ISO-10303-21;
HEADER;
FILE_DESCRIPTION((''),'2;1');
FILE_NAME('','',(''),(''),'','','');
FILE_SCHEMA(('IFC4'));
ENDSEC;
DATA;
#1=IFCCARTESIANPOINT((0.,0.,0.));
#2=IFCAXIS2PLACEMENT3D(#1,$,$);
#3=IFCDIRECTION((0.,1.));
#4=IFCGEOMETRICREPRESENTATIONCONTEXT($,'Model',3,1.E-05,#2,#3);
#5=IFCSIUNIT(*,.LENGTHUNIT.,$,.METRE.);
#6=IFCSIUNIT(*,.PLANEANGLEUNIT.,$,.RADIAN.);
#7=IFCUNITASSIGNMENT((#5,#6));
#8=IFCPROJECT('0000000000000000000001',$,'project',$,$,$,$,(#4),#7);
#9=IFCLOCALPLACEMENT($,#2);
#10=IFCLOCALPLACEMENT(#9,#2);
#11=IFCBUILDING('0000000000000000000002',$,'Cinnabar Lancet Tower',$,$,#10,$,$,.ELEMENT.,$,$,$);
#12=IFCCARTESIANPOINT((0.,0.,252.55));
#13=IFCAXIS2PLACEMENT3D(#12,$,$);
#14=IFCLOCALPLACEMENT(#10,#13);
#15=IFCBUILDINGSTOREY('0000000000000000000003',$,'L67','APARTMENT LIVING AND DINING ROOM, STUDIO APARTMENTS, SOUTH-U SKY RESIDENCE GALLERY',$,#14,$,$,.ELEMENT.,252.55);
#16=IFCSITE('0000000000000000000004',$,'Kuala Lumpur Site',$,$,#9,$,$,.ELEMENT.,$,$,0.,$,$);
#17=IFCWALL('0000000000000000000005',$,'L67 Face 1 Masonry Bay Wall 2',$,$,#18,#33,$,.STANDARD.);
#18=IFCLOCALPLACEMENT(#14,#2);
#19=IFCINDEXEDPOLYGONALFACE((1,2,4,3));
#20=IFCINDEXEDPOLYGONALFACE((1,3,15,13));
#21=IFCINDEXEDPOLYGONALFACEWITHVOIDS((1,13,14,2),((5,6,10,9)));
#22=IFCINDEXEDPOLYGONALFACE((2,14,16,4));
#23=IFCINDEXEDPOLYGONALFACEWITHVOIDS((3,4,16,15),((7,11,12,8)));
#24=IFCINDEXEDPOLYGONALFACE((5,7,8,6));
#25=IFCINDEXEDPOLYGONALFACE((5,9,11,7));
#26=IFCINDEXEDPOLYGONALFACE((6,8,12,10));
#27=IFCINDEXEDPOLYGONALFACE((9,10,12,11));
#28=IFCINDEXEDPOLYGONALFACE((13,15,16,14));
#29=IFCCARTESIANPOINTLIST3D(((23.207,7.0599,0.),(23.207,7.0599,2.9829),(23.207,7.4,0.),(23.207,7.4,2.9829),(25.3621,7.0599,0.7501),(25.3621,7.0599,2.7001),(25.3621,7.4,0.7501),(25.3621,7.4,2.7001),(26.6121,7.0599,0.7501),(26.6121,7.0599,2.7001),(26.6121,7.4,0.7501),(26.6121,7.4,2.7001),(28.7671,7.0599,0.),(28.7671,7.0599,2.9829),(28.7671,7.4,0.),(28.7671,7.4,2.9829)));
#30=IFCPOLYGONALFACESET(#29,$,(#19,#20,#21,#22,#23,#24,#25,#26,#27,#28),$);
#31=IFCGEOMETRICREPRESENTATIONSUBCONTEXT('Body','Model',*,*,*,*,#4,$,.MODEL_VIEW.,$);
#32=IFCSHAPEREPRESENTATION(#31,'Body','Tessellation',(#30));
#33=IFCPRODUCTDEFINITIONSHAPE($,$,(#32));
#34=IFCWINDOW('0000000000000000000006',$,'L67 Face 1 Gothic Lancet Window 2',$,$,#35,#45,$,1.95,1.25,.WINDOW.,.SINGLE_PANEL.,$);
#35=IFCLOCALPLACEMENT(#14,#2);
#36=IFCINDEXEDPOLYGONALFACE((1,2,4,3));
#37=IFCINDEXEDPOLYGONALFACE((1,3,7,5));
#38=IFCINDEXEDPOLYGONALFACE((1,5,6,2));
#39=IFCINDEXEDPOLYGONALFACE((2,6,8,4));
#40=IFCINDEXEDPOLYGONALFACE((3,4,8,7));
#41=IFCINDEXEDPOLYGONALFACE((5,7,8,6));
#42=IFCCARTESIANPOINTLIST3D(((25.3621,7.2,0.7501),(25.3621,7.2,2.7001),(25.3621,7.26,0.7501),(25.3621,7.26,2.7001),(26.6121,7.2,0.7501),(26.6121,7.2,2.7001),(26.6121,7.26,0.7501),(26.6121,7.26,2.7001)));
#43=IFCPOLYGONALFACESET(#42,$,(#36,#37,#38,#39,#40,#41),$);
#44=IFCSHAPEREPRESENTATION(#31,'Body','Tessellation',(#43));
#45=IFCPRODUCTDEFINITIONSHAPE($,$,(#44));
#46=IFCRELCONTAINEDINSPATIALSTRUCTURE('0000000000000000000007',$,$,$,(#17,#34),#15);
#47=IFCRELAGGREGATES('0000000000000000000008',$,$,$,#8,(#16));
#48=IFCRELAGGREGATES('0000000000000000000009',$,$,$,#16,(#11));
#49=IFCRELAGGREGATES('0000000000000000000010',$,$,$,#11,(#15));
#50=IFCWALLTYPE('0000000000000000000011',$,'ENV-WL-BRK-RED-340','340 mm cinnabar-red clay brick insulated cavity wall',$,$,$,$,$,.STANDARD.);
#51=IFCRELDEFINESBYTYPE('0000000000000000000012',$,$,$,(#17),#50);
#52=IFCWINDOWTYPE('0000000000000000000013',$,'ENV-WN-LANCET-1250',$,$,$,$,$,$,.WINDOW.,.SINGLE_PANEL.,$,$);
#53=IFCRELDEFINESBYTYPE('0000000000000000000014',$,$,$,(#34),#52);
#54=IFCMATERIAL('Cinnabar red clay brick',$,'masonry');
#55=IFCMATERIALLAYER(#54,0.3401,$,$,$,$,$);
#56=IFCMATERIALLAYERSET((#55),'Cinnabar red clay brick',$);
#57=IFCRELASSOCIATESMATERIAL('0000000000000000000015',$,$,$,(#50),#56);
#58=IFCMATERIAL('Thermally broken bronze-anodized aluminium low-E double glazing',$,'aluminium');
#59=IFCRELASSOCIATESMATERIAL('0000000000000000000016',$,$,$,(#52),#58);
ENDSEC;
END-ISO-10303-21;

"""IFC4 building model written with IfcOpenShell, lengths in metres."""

from ifc_helpers import new_model, si_unit, direction, frame, frame_2d, origin, place, context, subcontext, project, spatial, rectangle, extrude, material, layer, layer_set, type_object, element, fill, save


model = new_model("IFC4")

# Units and contexts
model_context = context("Model", 3, precision=1e-05, world=origin(), true_north=direction((0.0, 1.0)))
body_context = subcontext(model_context, "Body", "Model", "MODEL_VIEW")
ifc_project = project(units=[si_unit("LENGTHUNIT", "METRE"), si_unit("PLANEANGLEUNIT", "RADIAN")], contexts=[model_context])

# Site, building, storey
site_placement = place(None, origin())
site = spatial("IfcSite", under=ifc_project, at=site_placement, Name="Kuala Lumpur Site", CompositionType="ELEMENT", RefElevation=0.0)
building_placement = place(site_placement, origin())
building = spatial("IfcBuilding", under=site, at=building_placement, Name="Cinnabar Lancet Tower", CompositionType="ELEMENT")
storey_placement = place(building_placement, frame((0.0, 0.0, 252.55)))
storey = spatial("IfcBuildingStorey", under=building, at=storey_placement, Name="L67", Description="APARTMENT LIVING AND DINING ROOM, STUDIO APARTMENTS, SOUTH-U SKY RESIDENCE GALLERY", CompositionType="ELEMENT", Elevation=252.55)

# Shared definitions
ifc_material_1 = material(Name="Cinnabar red clay brick", Category="masonry")
ifc_layer_1 = layer(ifc_material_1, 0.3401)
ifc_layer_set_1 = layer_set([ifc_layer_1], Name="Cinnabar red clay brick")
wall_type_1 = type_object("IfcWallType", Name="ENV-WL-BRK-RED-340", Description="340 mm cinnabar-red clay brick insulated cavity wall", PredefinedType="STANDARD", material=ifc_layer_set_1)

# Wall, opening, window
wall_1_placement = place(storey_placement, frame((23.207, 7.23, 0.0), z_axis=(0.0, 0.0, 1.0), x_axis=(1.0, 0.0, 0.0)))
wall_1 = element("IfcWall", 1, at=wall_1_placement, inside=storey, type_object=wall_type_1, Name="L67 Face 1 Masonry Bay Wall 2", PredefinedType="STANDARD", context=body_context, shape_type="SweptSolid", body=[
    extrude(rectangle(XDim=5.5601, YDim=0.3401, at=frame_2d((2.78, 0.0))), origin(), (0.0, 0.0, 1.0), 2.9829),
])
opening_1_placement = place(wall_1_placement, frame((2.155, 0.0, 0.75)))
opening_1 = element("IfcOpeningElement", 2, at=opening_1_placement, cuts=wall_1, PredefinedType="OPENING", context=body_context, shape_type="SweptSolid", body=[
    extrude(rectangle(XDim=1.25, YDim=1.95, at=frame_2d((0.625, 0.9751))), frame((0.0, 0.1799, 0.0), z_axis=(0.0, -1.0, 0.0), x_axis=(1.0, 0.0, 0.0)), (0.0, 0.0, 1.0), 0.3601),
])
ifc_material_2 = material(Name="Thermally broken bronze-anodized aluminium low-E double glazing", Category="aluminium")
window_type = type_object("IfcWindowType", Name="ENV-WN-LANCET-1250", PartitioningType="SINGLE_PANEL", PredefinedType="WINDOW", material=ifc_material_2)
window_placement = place(opening_1_placement, origin())
window = element("IfcWindow", 3, at=window_placement, inside=storey, type_object=window_type, Name="L67 Face 1 Gothic Lancet Window 2", OverallHeight=1.95, OverallWidth=1.25, PartitioningType="SINGLE_PANEL", PredefinedType="WINDOW", context=body_context, shape_type="SweptSolid", body=[
    extrude(rectangle(XDim=1.25, YDim=1.95, at=frame_2d((0.625, 0.9751))), frame((0.0, 0.03, 0.0), z_axis=(0.0, -1.0, 0.0), x_axis=(1.0, 0.0, 0.0)), (0.0, 0.0, 1.0), 0.0601),
])
fill(opening_1, window)

save(model, "model.ifc")
